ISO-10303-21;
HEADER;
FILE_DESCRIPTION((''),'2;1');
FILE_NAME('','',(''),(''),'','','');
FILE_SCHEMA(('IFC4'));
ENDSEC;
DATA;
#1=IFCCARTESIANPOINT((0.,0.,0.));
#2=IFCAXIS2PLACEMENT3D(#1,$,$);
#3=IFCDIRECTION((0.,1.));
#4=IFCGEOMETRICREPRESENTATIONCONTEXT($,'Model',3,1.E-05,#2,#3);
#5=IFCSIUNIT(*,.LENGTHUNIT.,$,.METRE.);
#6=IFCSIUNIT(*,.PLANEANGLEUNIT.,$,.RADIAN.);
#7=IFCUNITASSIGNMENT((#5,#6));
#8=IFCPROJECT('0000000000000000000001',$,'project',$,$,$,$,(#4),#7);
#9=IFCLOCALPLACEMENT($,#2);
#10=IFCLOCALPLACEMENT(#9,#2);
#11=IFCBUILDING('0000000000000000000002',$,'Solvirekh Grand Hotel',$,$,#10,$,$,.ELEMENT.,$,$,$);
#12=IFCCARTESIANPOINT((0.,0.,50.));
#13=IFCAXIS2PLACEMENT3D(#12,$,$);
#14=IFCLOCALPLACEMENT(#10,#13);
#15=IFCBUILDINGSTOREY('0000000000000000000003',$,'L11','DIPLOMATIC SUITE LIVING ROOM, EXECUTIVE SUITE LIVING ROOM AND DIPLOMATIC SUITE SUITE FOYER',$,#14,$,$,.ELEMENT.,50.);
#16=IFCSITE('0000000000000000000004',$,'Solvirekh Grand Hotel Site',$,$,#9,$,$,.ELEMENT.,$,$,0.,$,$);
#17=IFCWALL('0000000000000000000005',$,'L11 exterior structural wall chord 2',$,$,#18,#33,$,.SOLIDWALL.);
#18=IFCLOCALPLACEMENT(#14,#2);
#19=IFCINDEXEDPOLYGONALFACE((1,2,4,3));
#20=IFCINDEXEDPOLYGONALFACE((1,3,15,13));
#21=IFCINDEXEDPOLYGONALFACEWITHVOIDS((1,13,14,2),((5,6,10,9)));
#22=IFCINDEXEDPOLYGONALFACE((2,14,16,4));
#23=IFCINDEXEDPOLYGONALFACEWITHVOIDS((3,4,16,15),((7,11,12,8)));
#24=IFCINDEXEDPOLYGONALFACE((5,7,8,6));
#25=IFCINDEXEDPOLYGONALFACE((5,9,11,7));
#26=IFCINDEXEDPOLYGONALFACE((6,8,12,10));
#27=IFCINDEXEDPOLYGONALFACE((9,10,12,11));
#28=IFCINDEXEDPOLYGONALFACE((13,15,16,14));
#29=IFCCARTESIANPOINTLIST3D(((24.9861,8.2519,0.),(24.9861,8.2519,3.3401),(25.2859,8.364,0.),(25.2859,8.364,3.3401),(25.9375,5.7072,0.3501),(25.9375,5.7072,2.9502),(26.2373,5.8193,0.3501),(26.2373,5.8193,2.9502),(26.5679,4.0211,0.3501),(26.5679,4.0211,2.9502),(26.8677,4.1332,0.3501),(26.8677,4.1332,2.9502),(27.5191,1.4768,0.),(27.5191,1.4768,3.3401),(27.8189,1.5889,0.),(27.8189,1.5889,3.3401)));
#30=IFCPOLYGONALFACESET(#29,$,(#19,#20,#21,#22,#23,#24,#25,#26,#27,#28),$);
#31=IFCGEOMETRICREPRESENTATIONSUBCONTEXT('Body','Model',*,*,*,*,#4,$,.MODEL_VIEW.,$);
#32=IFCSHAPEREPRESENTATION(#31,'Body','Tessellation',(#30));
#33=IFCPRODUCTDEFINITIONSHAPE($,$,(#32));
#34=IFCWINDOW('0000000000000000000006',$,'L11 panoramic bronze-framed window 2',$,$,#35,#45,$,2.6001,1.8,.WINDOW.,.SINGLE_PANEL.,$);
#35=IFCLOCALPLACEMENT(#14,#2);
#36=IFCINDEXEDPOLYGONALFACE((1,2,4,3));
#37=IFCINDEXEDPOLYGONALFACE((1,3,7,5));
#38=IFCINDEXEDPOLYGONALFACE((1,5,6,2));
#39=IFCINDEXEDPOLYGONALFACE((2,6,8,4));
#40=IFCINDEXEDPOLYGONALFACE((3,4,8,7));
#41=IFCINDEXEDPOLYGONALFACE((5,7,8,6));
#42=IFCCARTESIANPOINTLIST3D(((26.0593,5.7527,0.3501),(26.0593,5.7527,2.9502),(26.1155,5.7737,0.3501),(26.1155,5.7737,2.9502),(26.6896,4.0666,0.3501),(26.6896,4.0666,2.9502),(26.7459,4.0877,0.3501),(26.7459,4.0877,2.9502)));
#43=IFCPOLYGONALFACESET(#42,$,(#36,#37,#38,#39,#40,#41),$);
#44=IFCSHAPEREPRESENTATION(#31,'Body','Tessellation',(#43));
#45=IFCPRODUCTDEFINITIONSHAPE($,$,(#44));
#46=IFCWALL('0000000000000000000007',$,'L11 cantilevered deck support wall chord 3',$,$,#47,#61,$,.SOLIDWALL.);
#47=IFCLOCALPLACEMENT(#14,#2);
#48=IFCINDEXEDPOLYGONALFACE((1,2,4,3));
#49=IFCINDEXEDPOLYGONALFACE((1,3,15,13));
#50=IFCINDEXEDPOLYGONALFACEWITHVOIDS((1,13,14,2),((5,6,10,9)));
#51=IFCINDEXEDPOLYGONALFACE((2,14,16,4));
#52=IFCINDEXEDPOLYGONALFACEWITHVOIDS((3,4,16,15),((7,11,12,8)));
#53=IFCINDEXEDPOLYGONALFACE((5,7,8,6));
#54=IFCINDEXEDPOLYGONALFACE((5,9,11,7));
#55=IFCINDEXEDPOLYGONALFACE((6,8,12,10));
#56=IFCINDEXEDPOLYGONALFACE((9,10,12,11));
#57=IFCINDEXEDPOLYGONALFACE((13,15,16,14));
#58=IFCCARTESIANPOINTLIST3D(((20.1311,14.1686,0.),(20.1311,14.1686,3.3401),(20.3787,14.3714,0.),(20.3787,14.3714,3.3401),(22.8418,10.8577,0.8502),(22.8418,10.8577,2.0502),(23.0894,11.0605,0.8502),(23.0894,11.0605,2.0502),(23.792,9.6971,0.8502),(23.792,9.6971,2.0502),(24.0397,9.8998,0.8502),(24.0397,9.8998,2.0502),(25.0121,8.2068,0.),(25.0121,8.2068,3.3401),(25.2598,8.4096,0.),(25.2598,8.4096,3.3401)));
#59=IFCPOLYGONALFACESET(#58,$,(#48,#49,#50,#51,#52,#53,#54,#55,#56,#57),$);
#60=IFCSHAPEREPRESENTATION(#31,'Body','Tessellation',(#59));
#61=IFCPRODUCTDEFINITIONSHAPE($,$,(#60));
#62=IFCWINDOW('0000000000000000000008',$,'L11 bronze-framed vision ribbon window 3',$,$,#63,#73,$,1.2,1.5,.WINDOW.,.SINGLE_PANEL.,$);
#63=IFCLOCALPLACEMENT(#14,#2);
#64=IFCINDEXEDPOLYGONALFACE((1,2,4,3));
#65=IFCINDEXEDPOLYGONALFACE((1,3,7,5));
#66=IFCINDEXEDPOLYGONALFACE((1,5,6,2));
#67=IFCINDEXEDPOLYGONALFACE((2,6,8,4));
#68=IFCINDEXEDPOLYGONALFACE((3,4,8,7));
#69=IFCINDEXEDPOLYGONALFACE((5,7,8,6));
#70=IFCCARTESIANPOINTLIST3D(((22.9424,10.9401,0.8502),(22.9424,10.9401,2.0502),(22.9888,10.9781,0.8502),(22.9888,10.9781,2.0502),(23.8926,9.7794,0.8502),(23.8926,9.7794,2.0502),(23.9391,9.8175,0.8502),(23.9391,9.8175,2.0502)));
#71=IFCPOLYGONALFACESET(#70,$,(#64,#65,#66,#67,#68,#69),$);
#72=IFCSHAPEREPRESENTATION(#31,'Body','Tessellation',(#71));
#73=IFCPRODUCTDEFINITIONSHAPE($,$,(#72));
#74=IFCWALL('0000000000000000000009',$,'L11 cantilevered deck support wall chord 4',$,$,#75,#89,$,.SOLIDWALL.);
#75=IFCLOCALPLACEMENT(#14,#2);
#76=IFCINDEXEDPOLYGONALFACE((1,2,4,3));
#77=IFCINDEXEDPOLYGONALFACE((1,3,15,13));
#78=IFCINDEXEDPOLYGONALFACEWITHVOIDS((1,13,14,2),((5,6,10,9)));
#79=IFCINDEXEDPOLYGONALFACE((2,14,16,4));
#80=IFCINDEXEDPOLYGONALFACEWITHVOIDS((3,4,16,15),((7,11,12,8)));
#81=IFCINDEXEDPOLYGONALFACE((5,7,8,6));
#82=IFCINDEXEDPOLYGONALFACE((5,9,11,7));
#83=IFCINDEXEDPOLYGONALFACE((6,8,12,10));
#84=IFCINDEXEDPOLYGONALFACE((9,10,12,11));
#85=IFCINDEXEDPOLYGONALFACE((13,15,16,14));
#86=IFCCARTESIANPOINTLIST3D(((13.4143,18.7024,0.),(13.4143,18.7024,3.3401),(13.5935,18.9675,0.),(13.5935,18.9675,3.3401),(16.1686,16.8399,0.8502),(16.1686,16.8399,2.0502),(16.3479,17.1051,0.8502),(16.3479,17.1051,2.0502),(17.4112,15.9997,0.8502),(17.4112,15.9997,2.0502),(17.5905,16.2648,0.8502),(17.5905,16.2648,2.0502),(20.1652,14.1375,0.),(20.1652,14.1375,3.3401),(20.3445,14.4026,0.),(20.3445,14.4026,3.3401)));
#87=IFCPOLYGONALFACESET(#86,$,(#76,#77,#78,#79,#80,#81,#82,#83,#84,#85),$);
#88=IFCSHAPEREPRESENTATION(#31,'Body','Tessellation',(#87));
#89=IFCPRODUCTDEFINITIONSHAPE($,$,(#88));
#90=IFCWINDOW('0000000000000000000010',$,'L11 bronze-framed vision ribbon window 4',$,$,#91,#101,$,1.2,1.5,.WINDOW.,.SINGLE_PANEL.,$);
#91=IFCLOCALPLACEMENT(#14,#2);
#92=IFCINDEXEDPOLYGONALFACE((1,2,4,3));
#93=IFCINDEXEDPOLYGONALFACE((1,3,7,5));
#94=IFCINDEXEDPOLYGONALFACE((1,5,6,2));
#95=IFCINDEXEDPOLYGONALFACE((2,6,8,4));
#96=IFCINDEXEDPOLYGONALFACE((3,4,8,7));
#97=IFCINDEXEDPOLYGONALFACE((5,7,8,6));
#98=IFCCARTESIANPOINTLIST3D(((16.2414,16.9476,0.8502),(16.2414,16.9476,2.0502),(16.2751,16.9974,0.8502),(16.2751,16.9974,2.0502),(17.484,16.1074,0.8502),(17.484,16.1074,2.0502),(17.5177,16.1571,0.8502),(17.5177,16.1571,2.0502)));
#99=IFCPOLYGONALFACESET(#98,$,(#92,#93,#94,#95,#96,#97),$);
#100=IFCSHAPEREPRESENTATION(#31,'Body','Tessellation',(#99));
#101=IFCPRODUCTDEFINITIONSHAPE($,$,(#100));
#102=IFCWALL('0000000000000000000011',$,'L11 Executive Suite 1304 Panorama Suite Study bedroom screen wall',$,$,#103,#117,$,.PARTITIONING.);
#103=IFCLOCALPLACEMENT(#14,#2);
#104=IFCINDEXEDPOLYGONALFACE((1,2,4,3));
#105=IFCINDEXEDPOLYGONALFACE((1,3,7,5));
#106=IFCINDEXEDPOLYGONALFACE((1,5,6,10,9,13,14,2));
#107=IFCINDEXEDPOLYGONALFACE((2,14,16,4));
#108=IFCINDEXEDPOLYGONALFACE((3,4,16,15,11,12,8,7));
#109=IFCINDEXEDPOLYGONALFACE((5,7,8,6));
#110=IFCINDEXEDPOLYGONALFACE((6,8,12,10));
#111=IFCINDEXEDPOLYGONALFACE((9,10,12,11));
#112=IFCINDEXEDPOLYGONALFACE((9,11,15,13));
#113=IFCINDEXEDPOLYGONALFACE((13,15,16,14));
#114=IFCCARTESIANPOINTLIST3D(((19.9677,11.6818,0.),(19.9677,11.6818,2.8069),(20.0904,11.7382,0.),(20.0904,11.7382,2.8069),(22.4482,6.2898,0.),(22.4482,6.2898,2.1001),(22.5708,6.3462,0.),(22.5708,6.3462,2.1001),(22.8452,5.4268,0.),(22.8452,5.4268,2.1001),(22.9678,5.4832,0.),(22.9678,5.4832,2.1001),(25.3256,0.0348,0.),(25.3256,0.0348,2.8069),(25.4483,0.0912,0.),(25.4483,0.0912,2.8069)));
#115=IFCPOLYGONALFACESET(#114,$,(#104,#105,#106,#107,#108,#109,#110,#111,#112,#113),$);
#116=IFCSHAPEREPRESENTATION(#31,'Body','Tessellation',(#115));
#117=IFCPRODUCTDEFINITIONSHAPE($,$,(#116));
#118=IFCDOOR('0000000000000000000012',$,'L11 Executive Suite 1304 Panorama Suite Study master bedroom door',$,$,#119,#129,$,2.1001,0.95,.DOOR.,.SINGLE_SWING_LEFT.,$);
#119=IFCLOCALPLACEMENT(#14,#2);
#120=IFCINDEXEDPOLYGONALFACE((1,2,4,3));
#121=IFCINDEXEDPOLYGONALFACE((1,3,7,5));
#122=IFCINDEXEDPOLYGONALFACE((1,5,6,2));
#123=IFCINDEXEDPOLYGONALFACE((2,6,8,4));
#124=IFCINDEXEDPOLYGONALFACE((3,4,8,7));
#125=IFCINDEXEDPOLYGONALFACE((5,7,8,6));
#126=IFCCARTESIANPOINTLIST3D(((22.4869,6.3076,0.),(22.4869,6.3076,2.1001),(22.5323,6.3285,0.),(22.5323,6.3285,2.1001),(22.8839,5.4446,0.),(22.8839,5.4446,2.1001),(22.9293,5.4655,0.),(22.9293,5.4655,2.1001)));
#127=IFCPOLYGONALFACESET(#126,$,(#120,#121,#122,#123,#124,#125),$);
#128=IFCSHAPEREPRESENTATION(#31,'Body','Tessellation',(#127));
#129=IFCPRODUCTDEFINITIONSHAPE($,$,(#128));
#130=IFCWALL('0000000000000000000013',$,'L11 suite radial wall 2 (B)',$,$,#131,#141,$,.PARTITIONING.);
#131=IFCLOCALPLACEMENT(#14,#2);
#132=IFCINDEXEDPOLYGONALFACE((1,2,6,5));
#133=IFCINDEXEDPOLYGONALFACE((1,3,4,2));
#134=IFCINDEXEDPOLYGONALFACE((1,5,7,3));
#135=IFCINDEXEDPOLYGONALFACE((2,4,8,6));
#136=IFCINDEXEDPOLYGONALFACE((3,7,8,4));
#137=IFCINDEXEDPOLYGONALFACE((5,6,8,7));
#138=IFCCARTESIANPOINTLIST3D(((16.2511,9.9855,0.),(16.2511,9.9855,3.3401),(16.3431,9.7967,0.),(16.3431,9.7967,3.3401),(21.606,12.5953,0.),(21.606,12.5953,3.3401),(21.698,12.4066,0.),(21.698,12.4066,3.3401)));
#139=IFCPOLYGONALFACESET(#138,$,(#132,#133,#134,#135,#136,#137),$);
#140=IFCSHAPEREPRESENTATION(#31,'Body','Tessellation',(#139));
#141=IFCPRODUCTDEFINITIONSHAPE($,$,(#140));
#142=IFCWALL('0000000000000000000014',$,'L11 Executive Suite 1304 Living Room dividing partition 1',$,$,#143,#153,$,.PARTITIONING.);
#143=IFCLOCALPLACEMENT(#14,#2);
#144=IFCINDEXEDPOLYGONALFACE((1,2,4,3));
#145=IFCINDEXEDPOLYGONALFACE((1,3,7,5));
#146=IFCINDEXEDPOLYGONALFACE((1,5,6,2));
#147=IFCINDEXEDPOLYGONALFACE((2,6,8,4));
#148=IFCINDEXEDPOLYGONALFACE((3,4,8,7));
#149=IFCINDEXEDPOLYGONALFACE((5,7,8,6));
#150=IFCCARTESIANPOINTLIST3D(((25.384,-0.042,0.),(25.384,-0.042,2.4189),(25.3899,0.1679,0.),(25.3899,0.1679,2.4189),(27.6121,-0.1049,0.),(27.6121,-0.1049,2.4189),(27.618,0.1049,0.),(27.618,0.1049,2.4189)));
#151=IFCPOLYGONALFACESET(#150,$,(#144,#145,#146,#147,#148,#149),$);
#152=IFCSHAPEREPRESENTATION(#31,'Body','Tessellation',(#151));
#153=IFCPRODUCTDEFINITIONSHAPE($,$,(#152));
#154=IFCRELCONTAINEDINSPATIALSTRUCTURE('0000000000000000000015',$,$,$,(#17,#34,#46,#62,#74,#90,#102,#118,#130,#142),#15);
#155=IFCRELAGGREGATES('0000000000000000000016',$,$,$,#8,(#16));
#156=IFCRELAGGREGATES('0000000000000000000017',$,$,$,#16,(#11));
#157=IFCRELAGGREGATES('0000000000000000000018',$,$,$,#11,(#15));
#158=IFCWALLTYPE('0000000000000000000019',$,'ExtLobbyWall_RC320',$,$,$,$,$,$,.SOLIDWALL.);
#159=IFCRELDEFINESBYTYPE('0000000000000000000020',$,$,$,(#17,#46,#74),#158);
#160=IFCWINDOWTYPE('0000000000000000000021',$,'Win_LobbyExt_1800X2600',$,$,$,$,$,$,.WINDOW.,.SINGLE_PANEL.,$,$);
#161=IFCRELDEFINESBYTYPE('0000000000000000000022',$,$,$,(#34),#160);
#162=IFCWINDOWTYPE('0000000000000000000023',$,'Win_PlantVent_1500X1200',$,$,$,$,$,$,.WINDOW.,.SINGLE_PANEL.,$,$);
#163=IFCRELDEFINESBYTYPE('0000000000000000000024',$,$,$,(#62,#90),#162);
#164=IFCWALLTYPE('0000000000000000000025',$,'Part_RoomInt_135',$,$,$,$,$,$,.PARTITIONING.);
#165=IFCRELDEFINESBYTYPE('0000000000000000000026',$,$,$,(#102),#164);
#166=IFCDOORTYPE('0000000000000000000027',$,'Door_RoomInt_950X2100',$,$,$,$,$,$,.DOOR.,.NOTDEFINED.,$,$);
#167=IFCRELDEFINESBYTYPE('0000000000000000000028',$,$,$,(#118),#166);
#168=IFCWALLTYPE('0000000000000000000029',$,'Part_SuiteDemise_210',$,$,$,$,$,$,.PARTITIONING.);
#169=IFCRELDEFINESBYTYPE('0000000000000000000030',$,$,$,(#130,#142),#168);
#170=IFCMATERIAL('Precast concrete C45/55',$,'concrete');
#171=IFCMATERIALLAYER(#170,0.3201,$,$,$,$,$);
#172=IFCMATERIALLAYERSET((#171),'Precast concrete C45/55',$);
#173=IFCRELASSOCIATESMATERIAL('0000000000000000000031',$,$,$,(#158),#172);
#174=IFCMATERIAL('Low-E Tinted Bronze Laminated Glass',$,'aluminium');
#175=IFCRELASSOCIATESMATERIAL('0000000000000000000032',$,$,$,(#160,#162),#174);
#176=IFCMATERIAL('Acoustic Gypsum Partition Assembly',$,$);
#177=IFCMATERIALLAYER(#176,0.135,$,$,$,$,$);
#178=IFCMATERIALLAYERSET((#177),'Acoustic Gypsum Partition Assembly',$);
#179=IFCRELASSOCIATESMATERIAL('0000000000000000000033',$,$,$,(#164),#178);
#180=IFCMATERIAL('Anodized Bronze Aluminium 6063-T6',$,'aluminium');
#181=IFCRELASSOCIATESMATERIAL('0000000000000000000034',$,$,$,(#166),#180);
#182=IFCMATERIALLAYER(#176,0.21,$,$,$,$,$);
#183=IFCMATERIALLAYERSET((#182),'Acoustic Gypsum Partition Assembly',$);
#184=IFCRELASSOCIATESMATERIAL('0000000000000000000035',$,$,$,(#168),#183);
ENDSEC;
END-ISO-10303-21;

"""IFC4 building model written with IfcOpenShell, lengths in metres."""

from ifc_helpers import new_model, si_unit, direction, frame, frame_2d, origin, place, context, subcontext, project, spatial, rectangle, extrude, material, layer, layer_set, type_object, element, fill, save


model = new_model("IFC4")

# Units and contexts
model_context = context("Model", 3, precision=1e-05, world=origin(), true_north=direction((0.0, 1.0)))
body_context = subcontext(model_context, "Body", "Model", "MODEL_VIEW")
ifc_project = project(units=[si_unit("LENGTHUNIT", "METRE"), si_unit("PLANEANGLEUNIT", "RADIAN")], contexts=[model_context])

# Site, building, storey
site_placement = place(None, origin())
site = spatial("IfcSite", under=ifc_project, at=site_placement, Name="Solvirekh Grand Hotel Site", CompositionType="ELEMENT", RefElevation=0.0)
building_placement = place(site_placement, origin())
building = spatial("IfcBuilding", under=site, at=building_placement, Name="Solvirekh Grand Hotel", CompositionType="ELEMENT")
storey_placement = place(building_placement, frame((0.0, 0.0, 50.0)))
storey = spatial("IfcBuildingStorey", under=building, at=storey_placement, Name="L11", Description="DIPLOMATIC SUITE LIVING ROOM, EXECUTIVE SUITE LIVING ROOM AND DIPLOMATIC SUITE SUITE FOYER", CompositionType="ELEMENT", Elevation=50.0)

# Shared definitions
ifc_material_1 = material(Name="Anodized Bronze Aluminium 6063-T6", Category="aluminium")

# Walls, openings, windows
ifc_material_2 = material(Name="Precast concrete C45/55", Category="concrete")
ifc_layer_1 = layer(ifc_material_2, 0.3201)
ifc_layer_set_1 = layer_set([ifc_layer_1], Name="Precast concrete C45/55")
wall_type_1 = type_object("IfcWallType", Name="ExtLobbyWall_RC320", PredefinedType="SOLIDWALL", material=ifc_layer_set_1)
wall_1_placement = place(storey_placement, frame((25.136, 8.3081, 0.0), z_axis=(0.0, 0.0, 1.0), x_axis=(0.350187, -0.93668, 0.0)))
wall_1 = element("IfcWall", 1, at=wall_1_placement, inside=storey, type_object=wall_type_1, Name="L11 exterior structural wall chord 2", PredefinedType="SOLIDWALL", context=body_context, shape_type="SweptSolid", body=[
    extrude(rectangle(XDim=7.2332, YDim=0.3201, at=frame_2d((3.6167, 0.0))), origin(), (0.0, 0.0, 1.0), 3.3401),
])
opening_1_placement = place(wall_1_placement, frame((2.717, 0.0, 0.3501)))
opening_1 = element("IfcOpeningElement", 2, at=opening_1_placement, cuts=wall_1, PredefinedType="OPENING", context=body_context, shape_type="SweptSolid", body=[
    extrude(rectangle(XDim=1.8, YDim=2.6001, at=frame_2d((0.8999, 1.3))), frame((0.0, 0.1699, 0.0), z_axis=(0.0, -1.0, 0.0), x_axis=(1.0, 0.0, 0.0)), (0.0, 0.0, 1.0), 0.3401),
])
ifc_material_3 = material(Name="Low-E Tinted Bronze Laminated Glass", Category="aluminium")
window_type_1 = type_object("IfcWindowType", Name="Win_LobbyExt_1800X2600", PartitioningType="SINGLE_PANEL", PredefinedType="WINDOW", material=ifc_material_3)
window_1_placement = place(opening_1_placement, origin())
window_1 = element("IfcWindow", 3, at=window_1_placement, inside=storey, type_object=window_type_1, Name="L11 panoramic bronze-framed window 2", OverallHeight=2.6001, OverallWidth=1.8, PartitioningType="SINGLE_PANEL", PredefinedType="WINDOW", context=body_context, shape_type="SweptSolid", body=[
    extrude(rectangle(XDim=1.8, YDim=2.6001, at=frame_2d((0.8999, 1.3))), frame((0.0, 0.03, 0.0), z_axis=(0.0, -1.0, 0.0), x_axis=(1.0, 0.0, 0.0)), (0.0, 0.0, 1.0), 0.0601),
])
fill(opening_1, window_1)
wall_2_placement = place(storey_placement, frame((20.2549, 14.27, 0.0), z_axis=(0.0, 0.0, 1.0), x_axis=(0.633484, -0.773755, 0.0)))
wall_2 = element("IfcWall", 4, at=wall_2_placement, inside=storey, type_object=wall_type_1, Name="L11 cantilevered deck support wall chord 3", PredefinedType="SOLIDWALL", context=body_context, shape_type="SweptSolid", body=[
    extrude(rectangle(XDim=7.7051, YDim=0.3201, at=frame_2d((3.8525, 0.0))), origin(), (0.0, 0.0, 1.0), 3.3401),
])
opening_2_placement = place(wall_2_placement, frame((4.2791, 0.0, 0.8501)))
opening_2 = element("IfcOpeningElement", 5, at=opening_2_placement, cuts=wall_2, PredefinedType="OPENING", context=body_context, shape_type="SweptSolid", body=[
    extrude(rectangle(XDim=1.5, YDim=1.2, at=frame_2d((0.75, 0.6001))), frame((0.0, 0.1699, 0.0), z_axis=(0.0, -1.0, 0.0), x_axis=(1.0, 0.0, 0.0)), (0.0, 0.0, 1.0), 0.3401),
])
window_type_2 = type_object("IfcWindowType", Name="Win_PlantVent_1500X1200", PartitioningType="SINGLE_PANEL", PredefinedType="WINDOW", material=ifc_material_3)
window_2_placement = place(opening_2_placement, origin())
window_2 = element("IfcWindow", 6, at=window_2_placement, inside=storey, type_object=window_type_2, Name="L11 bronze-framed vision ribbon window 3", OverallHeight=1.2, OverallWidth=1.5, PartitioningType="SINGLE_PANEL", PredefinedType="WINDOW", context=body_context, shape_type="SweptSolid", body=[
    extrude(rectangle(XDim=1.5, YDim=1.2, at=frame_2d((0.75, 0.6001))), frame((0.0, 0.03, 0.0), z_axis=(0.0, -1.0, 0.0), x_axis=(1.0, 0.0, 0.0)), (0.0, 0.0, 1.0), 0.0601),
])
fill(opening_2, window_2)
wall_3_placement = place(storey_placement, frame((13.5039, 18.835, 0.0), z_axis=(0.0, 0.0, 1.0), x_axis=(0.828391, -0.56015, 0.0)))
wall_3 = element("IfcWall", 7, at=wall_3_placement, inside=storey, type_object=wall_type_1, Name="L11 cantilevered deck support wall chord 4", PredefinedType="SOLIDWALL", context=body_context, shape_type="SweptSolid", body=[
    extrude(rectangle(XDim=8.1494, YDim=0.3201, at=frame_2d((4.0747, 0.0))), origin(), (0.0, 0.0, 1.0), 3.3401),
])
opening_3_placement = place(wall_3_placement, frame((3.325, 0.0, 0.8501)))
opening_3 = element("IfcOpeningElement", 8, at=opening_3_placement, cuts=wall_3, PredefinedType="OPENING", context=body_context, shape_type="SweptSolid", body=[
    extrude(rectangle(XDim=1.5, YDim=1.2, at=frame_2d((0.75, 0.6001))), frame((0.0, 0.1699, 0.0), z_axis=(0.0, -1.0, 0.0), x_axis=(1.0, 0.0, 0.0)), (0.0, 0.0, 1.0), 0.3401),
])
window_3_placement = place(opening_3_placement, origin())
window_3 = element("IfcWindow", 9, at=window_3_placement, inside=storey, type_object=window_type_2, Name="L11 bronze-framed vision ribbon window 4", OverallHeight=1.2, OverallWidth=1.5, PartitioningType="SINGLE_PANEL", PredefinedType="WINDOW", context=body_context, shape_type="SweptSolid", body=[
    extrude(rectangle(XDim=1.5, YDim=1.2, at=frame_2d((0.75, 0.6001))), frame((0.0, 0.03, 0.0), z_axis=(0.0, -1.0, 0.0), x_axis=(1.0, 0.0, 0.0)), (0.0, 0.0, 1.0), 0.0601),
])
fill(opening_3, window_3)

# Wall, opening, door
ifc_material_4 = material(Name="Acoustic Gypsum Partition Assembly")
ifc_layer_2 = layer(ifc_material_4, 0.135)
ifc_layer_set_2 = layer_set([ifc_layer_2], Name="Acoustic Gypsum Partition Assembly")
wall_type_2 = type_object("IfcWallType", Name="Part_RoomInt_135", PredefinedType="PARTITIONING", material=ifc_layer_set_2)
wall_4_placement = place(storey_placement, frame((25.387, 0.063, 0.0), z_axis=(0.0, 0.0, 1.0), x_axis=(-0.417925, 0.908481, 0.0)))
wall_4 = element("IfcWall", 10, at=wall_4_placement, inside=storey, type_object=wall_type_2, Name="L11 Executive Suite 1304 Panorama Suite Study bedroom screen wall", PredefinedType="PARTITIONING", context=body_context, shape_type="SweptSolid", body=[
    extrude(rectangle(XDim=12.8203, YDim=0.135, at=frame_2d((6.4102, 0.0))), origin(), (0.0, 0.0, 1.0), 2.8069),
])
opening_4_placement = place(wall_4_placement, frame((5.9351, 0.0, 0.0)))
opening_4 = element("IfcOpeningElement", 11, at=opening_4_placement, cuts=wall_4, PredefinedType="OPENING", context=body_context, shape_type="SweptSolid", body=[
    extrude(rectangle(XDim=0.95, YDim=2.1001, at=frame_2d((0.4751, 1.05))), frame((0.0, 0.0776, 0.0), z_axis=(0.0, -1.0, 0.0), x_axis=(1.0, 0.0, 0.0)), (0.0, 0.0, 1.0), 0.155),
])
door_type = type_object("IfcDoorType", Name="Door_RoomInt_950X2100", OperationType="NOTDEFINED", PredefinedType="DOOR", material=ifc_material_1)
door_placement = place(opening_4_placement, origin())
door = element("IfcDoor", 12, at=door_placement, inside=storey, type_object=door_type, Name="L11 Executive Suite 1304 Panorama Suite Study master bedroom door", OperationType="SINGLE_SWING_LEFT", OverallHeight=2.1001, OverallWidth=0.95, PredefinedType="DOOR", context=body_context, shape_type="SweptSolid", body=[
    extrude(rectangle(XDim=0.95, YDim=2.1001, at=frame_2d((0.4751, 1.05))), frame((0.0, 0.0249, 0.0), z_axis=(0.0, -1.0, 0.0), x_axis=(1.0, 0.0, 0.0)), (0.0, 0.0, 1.0), 0.05),
])
fill(opening_4, door)

# Walls
ifc_layer_3 = layer(ifc_material_4, 0.21)
ifc_layer_set_3 = layer_set([ifc_layer_3], Name="Acoustic Gypsum Partition Assembly")
wall_type_3 = type_object("IfcWallType", Name="Part_SuiteDemise_210", PredefinedType="PARTITIONING", material=ifc_layer_set_3)
wall_5_placement = place(storey_placement, frame((16.2971, 9.8911, 0.0), z_axis=(0.0, 0.0, 1.0), x_axis=(0.898922, 0.438109, 0.0)))
element("IfcWall", 13, at=wall_5_placement, inside=storey, type_object=wall_type_3, Name="L11 suite radial wall 2 (B)", PredefinedType="PARTITIONING", context=body_context, shape_type="SweptSolid", body=[
    extrude(rectangle(XDim=5.957, YDim=0.21, at=frame_2d((2.9785, 0.0))), origin(), (0.0, 0.0, 1.0), 3.3401),
])
wall_6_placement = place(storey_placement, frame((25.387, 0.063, 0.0), z_axis=(0.0, 0.0, 1.0), x_axis=(0.999601, -0.02826, 0.0)))
element("IfcWall", 14, at=wall_6_placement, inside=storey, type_object=wall_type_3, Name="L11 Executive Suite 1304 Living Room dividing partition 1", PredefinedType="PARTITIONING", context=body_context, shape_type="SweptSolid", body=[
    extrude(rectangle(XDim=2.229, YDim=0.21, at=frame_2d((1.1145, 0.0))), origin(), (0.0, 0.0, 1.0), 2.4189),
])

save(model, "model.ifc")
